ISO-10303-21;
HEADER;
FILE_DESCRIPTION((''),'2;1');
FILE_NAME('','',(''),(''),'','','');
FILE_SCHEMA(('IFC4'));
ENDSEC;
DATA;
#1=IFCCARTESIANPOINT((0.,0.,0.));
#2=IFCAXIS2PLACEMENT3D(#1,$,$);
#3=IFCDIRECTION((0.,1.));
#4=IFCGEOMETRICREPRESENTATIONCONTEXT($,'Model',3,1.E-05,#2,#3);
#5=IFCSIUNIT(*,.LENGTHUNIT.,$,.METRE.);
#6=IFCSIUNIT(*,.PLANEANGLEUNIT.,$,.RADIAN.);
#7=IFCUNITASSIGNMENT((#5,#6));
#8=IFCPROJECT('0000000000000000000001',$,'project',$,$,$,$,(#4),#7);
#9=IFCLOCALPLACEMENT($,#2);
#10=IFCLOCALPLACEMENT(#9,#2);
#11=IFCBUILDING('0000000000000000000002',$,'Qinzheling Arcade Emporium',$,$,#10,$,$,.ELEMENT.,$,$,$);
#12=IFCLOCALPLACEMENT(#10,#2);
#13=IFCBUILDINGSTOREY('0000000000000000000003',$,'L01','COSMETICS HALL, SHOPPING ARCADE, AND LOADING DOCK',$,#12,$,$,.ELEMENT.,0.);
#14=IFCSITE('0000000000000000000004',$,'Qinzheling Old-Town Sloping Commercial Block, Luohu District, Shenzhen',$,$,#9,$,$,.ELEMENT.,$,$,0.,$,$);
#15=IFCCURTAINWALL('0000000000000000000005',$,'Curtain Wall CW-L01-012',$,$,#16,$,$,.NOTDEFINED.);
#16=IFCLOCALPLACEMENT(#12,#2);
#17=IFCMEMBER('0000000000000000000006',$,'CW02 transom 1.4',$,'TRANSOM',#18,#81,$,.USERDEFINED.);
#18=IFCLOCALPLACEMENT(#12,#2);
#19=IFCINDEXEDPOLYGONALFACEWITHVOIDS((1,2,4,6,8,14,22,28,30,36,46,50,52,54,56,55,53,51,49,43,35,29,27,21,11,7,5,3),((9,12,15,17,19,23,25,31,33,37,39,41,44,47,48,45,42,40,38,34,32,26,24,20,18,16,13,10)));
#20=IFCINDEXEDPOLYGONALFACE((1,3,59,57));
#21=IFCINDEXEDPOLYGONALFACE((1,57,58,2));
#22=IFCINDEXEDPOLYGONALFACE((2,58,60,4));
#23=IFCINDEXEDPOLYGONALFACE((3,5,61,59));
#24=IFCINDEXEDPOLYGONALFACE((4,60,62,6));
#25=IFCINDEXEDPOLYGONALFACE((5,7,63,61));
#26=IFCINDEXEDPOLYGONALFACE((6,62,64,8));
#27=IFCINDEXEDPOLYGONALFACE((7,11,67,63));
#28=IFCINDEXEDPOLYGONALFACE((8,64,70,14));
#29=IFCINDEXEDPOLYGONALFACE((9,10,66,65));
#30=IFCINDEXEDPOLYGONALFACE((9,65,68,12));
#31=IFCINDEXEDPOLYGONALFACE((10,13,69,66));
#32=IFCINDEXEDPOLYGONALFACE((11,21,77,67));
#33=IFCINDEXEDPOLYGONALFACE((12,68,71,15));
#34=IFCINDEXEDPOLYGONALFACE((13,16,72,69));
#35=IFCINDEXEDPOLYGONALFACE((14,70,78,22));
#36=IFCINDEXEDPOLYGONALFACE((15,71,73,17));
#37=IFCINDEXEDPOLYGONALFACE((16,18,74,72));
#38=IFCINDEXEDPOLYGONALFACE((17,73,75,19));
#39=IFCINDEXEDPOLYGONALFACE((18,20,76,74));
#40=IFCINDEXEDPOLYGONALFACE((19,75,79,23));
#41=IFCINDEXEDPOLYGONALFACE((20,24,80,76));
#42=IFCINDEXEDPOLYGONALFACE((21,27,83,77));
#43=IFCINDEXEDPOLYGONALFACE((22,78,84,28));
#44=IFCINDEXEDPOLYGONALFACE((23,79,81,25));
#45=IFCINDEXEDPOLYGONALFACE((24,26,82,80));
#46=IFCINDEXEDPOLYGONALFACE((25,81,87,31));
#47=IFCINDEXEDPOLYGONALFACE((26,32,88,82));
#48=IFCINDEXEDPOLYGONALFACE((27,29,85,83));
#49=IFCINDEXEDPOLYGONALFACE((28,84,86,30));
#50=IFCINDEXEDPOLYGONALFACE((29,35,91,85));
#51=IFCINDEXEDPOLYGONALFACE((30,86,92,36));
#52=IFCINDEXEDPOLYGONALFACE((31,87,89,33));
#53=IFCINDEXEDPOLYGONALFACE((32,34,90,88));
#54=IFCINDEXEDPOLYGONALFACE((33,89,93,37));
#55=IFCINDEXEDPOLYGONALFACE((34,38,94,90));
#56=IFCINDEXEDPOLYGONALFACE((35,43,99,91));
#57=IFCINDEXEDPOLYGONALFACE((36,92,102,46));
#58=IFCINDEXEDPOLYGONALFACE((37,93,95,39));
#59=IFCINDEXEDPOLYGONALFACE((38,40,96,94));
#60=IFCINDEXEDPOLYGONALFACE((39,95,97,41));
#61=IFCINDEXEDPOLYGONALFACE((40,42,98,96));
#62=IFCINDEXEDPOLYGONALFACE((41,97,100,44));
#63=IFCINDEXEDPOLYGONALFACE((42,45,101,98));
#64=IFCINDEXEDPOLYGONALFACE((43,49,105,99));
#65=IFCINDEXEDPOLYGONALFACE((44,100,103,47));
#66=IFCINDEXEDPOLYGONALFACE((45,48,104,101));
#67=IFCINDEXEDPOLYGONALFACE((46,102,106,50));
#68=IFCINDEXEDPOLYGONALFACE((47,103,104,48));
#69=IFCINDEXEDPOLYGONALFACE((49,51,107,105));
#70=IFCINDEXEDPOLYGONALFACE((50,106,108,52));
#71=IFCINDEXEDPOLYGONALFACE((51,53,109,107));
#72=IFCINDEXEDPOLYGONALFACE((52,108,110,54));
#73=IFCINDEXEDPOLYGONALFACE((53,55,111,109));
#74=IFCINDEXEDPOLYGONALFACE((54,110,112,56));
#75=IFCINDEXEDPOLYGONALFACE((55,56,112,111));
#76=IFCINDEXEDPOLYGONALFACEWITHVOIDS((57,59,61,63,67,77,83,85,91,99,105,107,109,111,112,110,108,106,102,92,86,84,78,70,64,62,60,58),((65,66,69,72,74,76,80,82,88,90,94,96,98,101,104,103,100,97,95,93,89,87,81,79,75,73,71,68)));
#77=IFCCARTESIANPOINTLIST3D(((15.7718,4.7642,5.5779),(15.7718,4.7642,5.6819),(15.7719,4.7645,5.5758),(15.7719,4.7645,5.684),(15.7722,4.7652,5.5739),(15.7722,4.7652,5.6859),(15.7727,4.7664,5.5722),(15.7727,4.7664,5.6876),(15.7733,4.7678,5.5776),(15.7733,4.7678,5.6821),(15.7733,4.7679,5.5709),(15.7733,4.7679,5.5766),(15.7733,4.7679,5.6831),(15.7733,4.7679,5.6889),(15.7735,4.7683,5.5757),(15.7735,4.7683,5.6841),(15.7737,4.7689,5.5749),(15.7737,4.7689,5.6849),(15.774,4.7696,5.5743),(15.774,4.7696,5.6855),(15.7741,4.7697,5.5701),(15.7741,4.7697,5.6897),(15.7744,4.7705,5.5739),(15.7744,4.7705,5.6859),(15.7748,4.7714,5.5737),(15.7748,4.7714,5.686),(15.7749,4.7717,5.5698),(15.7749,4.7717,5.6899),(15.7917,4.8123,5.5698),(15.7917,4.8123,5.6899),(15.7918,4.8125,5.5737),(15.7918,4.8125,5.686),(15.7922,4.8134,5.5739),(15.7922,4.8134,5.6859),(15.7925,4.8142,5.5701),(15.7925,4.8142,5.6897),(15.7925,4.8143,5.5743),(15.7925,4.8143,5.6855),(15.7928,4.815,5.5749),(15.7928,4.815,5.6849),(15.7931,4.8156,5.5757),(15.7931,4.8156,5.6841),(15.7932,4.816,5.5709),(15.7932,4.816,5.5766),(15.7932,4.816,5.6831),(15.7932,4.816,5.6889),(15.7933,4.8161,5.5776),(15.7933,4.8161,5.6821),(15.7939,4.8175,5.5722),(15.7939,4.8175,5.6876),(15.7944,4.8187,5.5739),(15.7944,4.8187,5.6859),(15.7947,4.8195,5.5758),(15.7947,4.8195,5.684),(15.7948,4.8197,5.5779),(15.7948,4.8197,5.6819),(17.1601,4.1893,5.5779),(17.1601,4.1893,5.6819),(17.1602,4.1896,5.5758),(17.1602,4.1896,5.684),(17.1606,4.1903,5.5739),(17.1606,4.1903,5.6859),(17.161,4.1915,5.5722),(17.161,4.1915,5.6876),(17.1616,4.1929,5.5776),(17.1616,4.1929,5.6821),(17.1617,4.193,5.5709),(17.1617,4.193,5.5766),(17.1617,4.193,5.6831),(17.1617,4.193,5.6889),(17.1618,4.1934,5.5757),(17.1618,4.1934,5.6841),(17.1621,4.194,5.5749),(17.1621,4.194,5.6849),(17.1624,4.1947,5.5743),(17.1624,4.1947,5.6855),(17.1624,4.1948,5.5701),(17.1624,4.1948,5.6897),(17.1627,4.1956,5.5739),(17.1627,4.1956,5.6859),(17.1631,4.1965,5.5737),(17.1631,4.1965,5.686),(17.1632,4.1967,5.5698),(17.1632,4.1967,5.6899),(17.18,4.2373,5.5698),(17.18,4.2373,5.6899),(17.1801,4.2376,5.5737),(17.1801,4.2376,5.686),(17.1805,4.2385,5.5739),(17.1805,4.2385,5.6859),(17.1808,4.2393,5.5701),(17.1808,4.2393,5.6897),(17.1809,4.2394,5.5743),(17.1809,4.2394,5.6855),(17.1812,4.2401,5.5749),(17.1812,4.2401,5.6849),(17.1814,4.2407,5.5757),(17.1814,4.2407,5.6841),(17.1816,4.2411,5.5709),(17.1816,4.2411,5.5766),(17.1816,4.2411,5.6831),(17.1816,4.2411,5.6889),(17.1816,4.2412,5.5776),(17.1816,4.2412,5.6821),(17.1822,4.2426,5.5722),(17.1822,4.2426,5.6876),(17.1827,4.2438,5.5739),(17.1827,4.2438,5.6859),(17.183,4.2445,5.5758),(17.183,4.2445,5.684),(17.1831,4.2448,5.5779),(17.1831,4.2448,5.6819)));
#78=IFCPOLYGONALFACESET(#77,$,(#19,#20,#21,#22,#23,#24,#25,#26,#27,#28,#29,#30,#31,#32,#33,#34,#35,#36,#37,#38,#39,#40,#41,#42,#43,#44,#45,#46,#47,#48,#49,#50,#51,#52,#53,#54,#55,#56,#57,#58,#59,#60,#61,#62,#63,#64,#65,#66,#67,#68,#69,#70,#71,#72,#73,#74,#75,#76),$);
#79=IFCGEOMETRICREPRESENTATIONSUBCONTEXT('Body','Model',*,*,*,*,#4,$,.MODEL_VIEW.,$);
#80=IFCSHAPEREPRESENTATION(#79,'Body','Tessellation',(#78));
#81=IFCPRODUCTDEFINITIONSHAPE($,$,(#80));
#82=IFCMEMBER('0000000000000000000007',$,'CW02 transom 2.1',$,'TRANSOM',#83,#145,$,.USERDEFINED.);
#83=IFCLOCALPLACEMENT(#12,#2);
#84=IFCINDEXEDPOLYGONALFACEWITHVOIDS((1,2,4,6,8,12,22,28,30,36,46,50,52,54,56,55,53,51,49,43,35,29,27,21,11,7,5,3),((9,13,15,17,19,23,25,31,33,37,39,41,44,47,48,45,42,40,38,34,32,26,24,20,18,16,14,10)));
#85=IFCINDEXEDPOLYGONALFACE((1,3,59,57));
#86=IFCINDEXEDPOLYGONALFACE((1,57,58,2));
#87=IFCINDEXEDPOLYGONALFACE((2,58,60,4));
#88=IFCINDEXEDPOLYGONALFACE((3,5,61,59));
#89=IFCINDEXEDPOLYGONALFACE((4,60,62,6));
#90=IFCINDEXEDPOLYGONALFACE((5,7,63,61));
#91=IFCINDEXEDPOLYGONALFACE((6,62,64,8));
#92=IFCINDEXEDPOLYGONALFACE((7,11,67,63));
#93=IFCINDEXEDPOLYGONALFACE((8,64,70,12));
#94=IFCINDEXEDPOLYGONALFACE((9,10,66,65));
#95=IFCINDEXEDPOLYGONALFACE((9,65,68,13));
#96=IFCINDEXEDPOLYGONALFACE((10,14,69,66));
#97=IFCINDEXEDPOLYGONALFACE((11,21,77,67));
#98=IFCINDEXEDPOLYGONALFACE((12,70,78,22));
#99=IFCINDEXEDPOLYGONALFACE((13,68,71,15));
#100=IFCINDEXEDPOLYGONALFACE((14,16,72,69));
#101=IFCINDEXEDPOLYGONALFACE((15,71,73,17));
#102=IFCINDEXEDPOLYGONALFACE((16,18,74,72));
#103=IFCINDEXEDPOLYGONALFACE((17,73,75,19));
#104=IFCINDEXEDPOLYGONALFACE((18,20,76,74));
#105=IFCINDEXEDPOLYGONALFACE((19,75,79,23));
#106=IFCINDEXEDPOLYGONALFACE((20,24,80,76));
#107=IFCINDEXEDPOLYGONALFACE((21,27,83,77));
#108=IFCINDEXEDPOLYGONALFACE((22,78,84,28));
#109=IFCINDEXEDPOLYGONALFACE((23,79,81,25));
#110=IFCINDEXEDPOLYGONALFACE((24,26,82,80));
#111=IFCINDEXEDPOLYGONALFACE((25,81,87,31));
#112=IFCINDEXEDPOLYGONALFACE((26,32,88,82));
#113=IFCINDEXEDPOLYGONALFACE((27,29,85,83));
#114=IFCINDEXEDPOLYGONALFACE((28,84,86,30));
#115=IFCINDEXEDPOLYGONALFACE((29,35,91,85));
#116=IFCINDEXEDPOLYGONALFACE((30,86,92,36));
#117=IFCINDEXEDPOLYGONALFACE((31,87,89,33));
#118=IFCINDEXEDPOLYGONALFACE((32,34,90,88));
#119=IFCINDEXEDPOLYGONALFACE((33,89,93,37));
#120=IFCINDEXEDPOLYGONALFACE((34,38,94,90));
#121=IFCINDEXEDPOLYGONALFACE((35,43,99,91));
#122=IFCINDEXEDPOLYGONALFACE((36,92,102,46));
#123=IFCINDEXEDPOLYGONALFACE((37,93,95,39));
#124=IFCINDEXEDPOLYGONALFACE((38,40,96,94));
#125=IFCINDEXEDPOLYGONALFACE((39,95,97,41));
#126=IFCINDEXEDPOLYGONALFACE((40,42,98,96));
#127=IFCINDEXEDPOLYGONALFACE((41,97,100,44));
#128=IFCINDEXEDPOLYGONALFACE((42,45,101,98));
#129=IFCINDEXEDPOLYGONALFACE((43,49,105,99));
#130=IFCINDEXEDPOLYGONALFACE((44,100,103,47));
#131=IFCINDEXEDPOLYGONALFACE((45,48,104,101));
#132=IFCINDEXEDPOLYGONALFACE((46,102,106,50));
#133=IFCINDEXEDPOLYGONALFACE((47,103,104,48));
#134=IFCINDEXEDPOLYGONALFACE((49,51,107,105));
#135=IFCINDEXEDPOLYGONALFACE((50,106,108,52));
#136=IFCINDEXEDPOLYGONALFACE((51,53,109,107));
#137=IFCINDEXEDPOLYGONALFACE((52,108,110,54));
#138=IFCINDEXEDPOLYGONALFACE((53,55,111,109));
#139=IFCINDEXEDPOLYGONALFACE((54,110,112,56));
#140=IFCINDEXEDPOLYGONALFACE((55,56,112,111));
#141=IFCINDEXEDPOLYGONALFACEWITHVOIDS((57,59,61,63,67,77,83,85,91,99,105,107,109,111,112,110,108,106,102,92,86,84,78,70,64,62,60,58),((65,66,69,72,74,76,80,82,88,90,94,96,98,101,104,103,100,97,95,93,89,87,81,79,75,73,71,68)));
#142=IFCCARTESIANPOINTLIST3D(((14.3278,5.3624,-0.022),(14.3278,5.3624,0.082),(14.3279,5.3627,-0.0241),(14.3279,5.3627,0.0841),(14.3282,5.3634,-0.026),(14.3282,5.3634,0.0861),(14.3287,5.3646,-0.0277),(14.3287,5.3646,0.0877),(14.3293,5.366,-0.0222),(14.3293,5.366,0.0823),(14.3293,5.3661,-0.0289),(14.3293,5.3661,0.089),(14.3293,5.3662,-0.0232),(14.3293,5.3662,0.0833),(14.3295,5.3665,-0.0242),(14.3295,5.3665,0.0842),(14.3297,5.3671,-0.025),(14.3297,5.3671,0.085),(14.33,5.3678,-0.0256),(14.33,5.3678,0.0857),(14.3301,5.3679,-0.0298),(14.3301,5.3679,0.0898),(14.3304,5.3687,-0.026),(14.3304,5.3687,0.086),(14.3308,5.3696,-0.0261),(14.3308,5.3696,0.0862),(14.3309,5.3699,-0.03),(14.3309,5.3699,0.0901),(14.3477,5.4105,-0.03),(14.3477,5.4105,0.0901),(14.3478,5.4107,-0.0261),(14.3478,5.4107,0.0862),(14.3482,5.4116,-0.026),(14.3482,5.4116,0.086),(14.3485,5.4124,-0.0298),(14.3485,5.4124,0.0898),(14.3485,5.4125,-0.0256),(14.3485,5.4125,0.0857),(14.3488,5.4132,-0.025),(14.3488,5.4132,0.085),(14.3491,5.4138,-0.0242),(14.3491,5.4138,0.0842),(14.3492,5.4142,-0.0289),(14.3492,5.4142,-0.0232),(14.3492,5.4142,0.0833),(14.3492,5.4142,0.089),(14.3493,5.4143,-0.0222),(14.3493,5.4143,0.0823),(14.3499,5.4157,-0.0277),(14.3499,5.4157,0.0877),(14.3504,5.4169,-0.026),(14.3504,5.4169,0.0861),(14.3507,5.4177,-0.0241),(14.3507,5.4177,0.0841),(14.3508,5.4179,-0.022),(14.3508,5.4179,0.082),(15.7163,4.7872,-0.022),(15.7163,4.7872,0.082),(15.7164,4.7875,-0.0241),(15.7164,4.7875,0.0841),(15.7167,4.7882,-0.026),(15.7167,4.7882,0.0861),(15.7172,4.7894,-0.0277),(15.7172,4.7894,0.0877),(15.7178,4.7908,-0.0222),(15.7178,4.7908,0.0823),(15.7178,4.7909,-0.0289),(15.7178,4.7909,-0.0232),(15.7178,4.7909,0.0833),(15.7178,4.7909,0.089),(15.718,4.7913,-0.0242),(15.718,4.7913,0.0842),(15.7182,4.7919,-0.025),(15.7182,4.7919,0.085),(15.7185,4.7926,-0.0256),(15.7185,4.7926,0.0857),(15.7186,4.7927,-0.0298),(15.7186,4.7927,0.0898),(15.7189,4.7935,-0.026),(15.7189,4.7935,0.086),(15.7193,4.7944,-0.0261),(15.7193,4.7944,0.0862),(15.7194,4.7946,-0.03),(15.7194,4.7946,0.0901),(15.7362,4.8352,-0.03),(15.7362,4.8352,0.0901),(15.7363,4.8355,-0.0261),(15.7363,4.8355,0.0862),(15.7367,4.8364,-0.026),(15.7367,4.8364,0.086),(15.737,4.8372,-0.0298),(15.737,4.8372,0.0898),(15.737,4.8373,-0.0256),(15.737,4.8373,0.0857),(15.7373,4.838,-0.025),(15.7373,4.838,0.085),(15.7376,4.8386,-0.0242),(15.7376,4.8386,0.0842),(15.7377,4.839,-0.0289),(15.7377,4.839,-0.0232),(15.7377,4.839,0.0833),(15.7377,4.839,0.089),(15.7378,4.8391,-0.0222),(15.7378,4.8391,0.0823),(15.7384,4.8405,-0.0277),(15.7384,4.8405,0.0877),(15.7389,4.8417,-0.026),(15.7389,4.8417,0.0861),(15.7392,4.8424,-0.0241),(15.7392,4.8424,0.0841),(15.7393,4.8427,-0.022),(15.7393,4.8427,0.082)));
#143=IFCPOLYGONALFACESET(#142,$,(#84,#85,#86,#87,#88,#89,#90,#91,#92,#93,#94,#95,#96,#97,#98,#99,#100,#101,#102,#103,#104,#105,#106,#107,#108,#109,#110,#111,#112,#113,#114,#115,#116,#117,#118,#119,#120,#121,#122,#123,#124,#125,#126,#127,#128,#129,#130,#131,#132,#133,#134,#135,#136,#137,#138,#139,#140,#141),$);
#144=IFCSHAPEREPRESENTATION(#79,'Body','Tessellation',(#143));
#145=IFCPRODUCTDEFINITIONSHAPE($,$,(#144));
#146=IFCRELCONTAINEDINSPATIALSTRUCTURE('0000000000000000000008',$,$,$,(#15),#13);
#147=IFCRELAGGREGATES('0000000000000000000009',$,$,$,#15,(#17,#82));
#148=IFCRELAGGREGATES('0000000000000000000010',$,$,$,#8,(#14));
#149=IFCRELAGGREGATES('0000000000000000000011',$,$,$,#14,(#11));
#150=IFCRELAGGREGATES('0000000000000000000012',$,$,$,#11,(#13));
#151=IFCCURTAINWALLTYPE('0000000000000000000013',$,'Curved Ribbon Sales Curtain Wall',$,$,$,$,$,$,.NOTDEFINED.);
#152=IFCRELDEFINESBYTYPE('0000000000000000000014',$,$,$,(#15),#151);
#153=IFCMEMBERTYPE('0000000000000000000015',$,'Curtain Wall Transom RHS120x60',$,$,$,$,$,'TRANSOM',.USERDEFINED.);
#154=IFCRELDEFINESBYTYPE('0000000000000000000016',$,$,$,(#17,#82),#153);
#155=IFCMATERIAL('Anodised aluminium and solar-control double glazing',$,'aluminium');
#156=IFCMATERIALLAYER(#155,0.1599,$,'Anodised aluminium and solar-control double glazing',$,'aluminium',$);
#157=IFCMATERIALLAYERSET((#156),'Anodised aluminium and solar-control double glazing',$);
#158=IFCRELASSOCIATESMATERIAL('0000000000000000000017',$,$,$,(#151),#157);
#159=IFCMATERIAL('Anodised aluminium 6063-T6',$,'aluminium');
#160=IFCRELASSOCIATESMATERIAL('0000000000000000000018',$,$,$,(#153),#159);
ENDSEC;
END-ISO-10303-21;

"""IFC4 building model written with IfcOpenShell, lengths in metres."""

from ifc_helpers import new_model, si_unit, direction, frame, origin, origin_2d, place, context, subcontext, project, spatial, hollow_rectangle, extrude, material, layer, layer_set, material_profile, profile_set, type_object, element, aggregate, save


model = new_model("IFC4")

# Units and contexts
model_context = context("Model", 3, precision=1e-05, world=origin(), true_north=direction((0.0, 1.0)))
body_context = subcontext(model_context, "Body", "Model", "MODEL_VIEW")
ifc_project = project(units=[si_unit("LENGTHUNIT", "METRE"), si_unit("PLANEANGLEUNIT", "RADIAN")], contexts=[model_context])

# Site, building, storey
site_placement = place(None, origin())
site = spatial("IfcSite", under=ifc_project, at=site_placement, Name="Qinzheling Old-Town Sloping Commercial Block, Luohu District, Shenzhen", CompositionType="ELEMENT", RefElevation=0.0)
building_placement = place(site_placement, origin())
building = spatial("IfcBuilding", under=site, at=building_placement, Name="Qinzheling Arcade Emporium", CompositionType="ELEMENT")
storey_placement = place(building_placement, origin())
storey = spatial("IfcBuildingStorey", under=building, at=storey_placement, Name="L01", Description="COSMETICS HALL, SHOPPING ARCADE, AND LOADING DOCK", CompositionType="ELEMENT", Elevation=0.0)

# Shared definitions
ifc_material_1 = material(Name="Anodised aluminium and solar-control double glazing", Category="aluminium")
ifc_layer_1 = layer(ifc_material_1, 0.1599, Name="Anodised aluminium and solar-control double glazing", Category="aluminium")
ifc_layer_set_1 = layer_set([ifc_layer_1], Name="Anodised aluminium and solar-control double glazing")
curtain_wall_type = type_object("IfcCurtainWallType", Name="Curved Ribbon Sales Curtain Wall", PredefinedType="NOTDEFINED", material=ifc_layer_set_1)
ifc_material_2 = material(Name="Anodised aluminium 6063-T6", Category="aluminium")

# Curtain wall, members
curtain_wall_1_placement = place(storey_placement, origin())
curtain_wall_1 = element("IfcCurtainWall", 1, at=curtain_wall_1_placement, inside=storey, type_object=curtain_wall_type, Name="Curtain Wall CW-L01-012", PredefinedType="NOTDEFINED")
ifc_material_profile_1 = material_profile(ifc_material_2, hollow_rectangle(XDim=0.0601, YDim=0.1201, WallThickness=0.0039, InnerFilletRadius=0.0039, OuterFilletRadius=0.0081, at=origin_2d()), Name="RHS 120x60x4", Category="aluminium")
ifc_profile_set_1 = profile_set([ifc_material_profile_1], Name="Anodised aluminium 6063-T6")
member_type_1 = type_object("IfcMemberType", Name="Curtain Wall Transom RHS120x60", ElementType="TRANSOM", PredefinedType="USERDEFINED", material=ifc_profile_set_1)
member_1_placement = place(storey_placement, frame((17.1716, 4.217, 5.6299), z_axis=(-0.923916, 0.382596, 0.0), x_axis=(-0.382596, -0.923916, 0.0)))
member_1 = element("IfcMember", 2, at=member_1_placement, type_object=member_type_1, Name="CW02 transom 1.4", ObjectType="TRANSOM", PredefinedType="USERDEFINED", context=body_context, shape_type="SweptSolid", body=[
    extrude(hollow_rectangle(XDim=0.0601, YDim=0.1201, WallThickness=0.0039, InnerFilletRadius=0.0039, OuterFilletRadius=0.0081, at=origin_2d()), origin(), (0.0, 0.0, 1.0), 1.5027),
])
member_2_placement = place(storey_placement, frame((15.7278, 4.8149, 0.03), z_axis=(-0.923858, 0.382734, 0.0), x_axis=(-0.382734, -0.923858, 0.0)))
member_2 = element("IfcMember", 3, at=member_2_placement, type_object=member_type_1, Name="CW02 transom 2.1", ObjectType="TRANSOM", PredefinedType="USERDEFINED", context=body_context, shape_type="SweptSolid", body=[
    extrude(hollow_rectangle(XDim=0.0601, YDim=0.1201, WallThickness=0.0039, InnerFilletRadius=0.0039, OuterFilletRadius=0.0081, at=origin_2d()), origin(), (0.0, 0.0, 1.0), 1.5029),
])

aggregate(curtain_wall_1, [member_1, member_2])

save(model, "model.ifc")
